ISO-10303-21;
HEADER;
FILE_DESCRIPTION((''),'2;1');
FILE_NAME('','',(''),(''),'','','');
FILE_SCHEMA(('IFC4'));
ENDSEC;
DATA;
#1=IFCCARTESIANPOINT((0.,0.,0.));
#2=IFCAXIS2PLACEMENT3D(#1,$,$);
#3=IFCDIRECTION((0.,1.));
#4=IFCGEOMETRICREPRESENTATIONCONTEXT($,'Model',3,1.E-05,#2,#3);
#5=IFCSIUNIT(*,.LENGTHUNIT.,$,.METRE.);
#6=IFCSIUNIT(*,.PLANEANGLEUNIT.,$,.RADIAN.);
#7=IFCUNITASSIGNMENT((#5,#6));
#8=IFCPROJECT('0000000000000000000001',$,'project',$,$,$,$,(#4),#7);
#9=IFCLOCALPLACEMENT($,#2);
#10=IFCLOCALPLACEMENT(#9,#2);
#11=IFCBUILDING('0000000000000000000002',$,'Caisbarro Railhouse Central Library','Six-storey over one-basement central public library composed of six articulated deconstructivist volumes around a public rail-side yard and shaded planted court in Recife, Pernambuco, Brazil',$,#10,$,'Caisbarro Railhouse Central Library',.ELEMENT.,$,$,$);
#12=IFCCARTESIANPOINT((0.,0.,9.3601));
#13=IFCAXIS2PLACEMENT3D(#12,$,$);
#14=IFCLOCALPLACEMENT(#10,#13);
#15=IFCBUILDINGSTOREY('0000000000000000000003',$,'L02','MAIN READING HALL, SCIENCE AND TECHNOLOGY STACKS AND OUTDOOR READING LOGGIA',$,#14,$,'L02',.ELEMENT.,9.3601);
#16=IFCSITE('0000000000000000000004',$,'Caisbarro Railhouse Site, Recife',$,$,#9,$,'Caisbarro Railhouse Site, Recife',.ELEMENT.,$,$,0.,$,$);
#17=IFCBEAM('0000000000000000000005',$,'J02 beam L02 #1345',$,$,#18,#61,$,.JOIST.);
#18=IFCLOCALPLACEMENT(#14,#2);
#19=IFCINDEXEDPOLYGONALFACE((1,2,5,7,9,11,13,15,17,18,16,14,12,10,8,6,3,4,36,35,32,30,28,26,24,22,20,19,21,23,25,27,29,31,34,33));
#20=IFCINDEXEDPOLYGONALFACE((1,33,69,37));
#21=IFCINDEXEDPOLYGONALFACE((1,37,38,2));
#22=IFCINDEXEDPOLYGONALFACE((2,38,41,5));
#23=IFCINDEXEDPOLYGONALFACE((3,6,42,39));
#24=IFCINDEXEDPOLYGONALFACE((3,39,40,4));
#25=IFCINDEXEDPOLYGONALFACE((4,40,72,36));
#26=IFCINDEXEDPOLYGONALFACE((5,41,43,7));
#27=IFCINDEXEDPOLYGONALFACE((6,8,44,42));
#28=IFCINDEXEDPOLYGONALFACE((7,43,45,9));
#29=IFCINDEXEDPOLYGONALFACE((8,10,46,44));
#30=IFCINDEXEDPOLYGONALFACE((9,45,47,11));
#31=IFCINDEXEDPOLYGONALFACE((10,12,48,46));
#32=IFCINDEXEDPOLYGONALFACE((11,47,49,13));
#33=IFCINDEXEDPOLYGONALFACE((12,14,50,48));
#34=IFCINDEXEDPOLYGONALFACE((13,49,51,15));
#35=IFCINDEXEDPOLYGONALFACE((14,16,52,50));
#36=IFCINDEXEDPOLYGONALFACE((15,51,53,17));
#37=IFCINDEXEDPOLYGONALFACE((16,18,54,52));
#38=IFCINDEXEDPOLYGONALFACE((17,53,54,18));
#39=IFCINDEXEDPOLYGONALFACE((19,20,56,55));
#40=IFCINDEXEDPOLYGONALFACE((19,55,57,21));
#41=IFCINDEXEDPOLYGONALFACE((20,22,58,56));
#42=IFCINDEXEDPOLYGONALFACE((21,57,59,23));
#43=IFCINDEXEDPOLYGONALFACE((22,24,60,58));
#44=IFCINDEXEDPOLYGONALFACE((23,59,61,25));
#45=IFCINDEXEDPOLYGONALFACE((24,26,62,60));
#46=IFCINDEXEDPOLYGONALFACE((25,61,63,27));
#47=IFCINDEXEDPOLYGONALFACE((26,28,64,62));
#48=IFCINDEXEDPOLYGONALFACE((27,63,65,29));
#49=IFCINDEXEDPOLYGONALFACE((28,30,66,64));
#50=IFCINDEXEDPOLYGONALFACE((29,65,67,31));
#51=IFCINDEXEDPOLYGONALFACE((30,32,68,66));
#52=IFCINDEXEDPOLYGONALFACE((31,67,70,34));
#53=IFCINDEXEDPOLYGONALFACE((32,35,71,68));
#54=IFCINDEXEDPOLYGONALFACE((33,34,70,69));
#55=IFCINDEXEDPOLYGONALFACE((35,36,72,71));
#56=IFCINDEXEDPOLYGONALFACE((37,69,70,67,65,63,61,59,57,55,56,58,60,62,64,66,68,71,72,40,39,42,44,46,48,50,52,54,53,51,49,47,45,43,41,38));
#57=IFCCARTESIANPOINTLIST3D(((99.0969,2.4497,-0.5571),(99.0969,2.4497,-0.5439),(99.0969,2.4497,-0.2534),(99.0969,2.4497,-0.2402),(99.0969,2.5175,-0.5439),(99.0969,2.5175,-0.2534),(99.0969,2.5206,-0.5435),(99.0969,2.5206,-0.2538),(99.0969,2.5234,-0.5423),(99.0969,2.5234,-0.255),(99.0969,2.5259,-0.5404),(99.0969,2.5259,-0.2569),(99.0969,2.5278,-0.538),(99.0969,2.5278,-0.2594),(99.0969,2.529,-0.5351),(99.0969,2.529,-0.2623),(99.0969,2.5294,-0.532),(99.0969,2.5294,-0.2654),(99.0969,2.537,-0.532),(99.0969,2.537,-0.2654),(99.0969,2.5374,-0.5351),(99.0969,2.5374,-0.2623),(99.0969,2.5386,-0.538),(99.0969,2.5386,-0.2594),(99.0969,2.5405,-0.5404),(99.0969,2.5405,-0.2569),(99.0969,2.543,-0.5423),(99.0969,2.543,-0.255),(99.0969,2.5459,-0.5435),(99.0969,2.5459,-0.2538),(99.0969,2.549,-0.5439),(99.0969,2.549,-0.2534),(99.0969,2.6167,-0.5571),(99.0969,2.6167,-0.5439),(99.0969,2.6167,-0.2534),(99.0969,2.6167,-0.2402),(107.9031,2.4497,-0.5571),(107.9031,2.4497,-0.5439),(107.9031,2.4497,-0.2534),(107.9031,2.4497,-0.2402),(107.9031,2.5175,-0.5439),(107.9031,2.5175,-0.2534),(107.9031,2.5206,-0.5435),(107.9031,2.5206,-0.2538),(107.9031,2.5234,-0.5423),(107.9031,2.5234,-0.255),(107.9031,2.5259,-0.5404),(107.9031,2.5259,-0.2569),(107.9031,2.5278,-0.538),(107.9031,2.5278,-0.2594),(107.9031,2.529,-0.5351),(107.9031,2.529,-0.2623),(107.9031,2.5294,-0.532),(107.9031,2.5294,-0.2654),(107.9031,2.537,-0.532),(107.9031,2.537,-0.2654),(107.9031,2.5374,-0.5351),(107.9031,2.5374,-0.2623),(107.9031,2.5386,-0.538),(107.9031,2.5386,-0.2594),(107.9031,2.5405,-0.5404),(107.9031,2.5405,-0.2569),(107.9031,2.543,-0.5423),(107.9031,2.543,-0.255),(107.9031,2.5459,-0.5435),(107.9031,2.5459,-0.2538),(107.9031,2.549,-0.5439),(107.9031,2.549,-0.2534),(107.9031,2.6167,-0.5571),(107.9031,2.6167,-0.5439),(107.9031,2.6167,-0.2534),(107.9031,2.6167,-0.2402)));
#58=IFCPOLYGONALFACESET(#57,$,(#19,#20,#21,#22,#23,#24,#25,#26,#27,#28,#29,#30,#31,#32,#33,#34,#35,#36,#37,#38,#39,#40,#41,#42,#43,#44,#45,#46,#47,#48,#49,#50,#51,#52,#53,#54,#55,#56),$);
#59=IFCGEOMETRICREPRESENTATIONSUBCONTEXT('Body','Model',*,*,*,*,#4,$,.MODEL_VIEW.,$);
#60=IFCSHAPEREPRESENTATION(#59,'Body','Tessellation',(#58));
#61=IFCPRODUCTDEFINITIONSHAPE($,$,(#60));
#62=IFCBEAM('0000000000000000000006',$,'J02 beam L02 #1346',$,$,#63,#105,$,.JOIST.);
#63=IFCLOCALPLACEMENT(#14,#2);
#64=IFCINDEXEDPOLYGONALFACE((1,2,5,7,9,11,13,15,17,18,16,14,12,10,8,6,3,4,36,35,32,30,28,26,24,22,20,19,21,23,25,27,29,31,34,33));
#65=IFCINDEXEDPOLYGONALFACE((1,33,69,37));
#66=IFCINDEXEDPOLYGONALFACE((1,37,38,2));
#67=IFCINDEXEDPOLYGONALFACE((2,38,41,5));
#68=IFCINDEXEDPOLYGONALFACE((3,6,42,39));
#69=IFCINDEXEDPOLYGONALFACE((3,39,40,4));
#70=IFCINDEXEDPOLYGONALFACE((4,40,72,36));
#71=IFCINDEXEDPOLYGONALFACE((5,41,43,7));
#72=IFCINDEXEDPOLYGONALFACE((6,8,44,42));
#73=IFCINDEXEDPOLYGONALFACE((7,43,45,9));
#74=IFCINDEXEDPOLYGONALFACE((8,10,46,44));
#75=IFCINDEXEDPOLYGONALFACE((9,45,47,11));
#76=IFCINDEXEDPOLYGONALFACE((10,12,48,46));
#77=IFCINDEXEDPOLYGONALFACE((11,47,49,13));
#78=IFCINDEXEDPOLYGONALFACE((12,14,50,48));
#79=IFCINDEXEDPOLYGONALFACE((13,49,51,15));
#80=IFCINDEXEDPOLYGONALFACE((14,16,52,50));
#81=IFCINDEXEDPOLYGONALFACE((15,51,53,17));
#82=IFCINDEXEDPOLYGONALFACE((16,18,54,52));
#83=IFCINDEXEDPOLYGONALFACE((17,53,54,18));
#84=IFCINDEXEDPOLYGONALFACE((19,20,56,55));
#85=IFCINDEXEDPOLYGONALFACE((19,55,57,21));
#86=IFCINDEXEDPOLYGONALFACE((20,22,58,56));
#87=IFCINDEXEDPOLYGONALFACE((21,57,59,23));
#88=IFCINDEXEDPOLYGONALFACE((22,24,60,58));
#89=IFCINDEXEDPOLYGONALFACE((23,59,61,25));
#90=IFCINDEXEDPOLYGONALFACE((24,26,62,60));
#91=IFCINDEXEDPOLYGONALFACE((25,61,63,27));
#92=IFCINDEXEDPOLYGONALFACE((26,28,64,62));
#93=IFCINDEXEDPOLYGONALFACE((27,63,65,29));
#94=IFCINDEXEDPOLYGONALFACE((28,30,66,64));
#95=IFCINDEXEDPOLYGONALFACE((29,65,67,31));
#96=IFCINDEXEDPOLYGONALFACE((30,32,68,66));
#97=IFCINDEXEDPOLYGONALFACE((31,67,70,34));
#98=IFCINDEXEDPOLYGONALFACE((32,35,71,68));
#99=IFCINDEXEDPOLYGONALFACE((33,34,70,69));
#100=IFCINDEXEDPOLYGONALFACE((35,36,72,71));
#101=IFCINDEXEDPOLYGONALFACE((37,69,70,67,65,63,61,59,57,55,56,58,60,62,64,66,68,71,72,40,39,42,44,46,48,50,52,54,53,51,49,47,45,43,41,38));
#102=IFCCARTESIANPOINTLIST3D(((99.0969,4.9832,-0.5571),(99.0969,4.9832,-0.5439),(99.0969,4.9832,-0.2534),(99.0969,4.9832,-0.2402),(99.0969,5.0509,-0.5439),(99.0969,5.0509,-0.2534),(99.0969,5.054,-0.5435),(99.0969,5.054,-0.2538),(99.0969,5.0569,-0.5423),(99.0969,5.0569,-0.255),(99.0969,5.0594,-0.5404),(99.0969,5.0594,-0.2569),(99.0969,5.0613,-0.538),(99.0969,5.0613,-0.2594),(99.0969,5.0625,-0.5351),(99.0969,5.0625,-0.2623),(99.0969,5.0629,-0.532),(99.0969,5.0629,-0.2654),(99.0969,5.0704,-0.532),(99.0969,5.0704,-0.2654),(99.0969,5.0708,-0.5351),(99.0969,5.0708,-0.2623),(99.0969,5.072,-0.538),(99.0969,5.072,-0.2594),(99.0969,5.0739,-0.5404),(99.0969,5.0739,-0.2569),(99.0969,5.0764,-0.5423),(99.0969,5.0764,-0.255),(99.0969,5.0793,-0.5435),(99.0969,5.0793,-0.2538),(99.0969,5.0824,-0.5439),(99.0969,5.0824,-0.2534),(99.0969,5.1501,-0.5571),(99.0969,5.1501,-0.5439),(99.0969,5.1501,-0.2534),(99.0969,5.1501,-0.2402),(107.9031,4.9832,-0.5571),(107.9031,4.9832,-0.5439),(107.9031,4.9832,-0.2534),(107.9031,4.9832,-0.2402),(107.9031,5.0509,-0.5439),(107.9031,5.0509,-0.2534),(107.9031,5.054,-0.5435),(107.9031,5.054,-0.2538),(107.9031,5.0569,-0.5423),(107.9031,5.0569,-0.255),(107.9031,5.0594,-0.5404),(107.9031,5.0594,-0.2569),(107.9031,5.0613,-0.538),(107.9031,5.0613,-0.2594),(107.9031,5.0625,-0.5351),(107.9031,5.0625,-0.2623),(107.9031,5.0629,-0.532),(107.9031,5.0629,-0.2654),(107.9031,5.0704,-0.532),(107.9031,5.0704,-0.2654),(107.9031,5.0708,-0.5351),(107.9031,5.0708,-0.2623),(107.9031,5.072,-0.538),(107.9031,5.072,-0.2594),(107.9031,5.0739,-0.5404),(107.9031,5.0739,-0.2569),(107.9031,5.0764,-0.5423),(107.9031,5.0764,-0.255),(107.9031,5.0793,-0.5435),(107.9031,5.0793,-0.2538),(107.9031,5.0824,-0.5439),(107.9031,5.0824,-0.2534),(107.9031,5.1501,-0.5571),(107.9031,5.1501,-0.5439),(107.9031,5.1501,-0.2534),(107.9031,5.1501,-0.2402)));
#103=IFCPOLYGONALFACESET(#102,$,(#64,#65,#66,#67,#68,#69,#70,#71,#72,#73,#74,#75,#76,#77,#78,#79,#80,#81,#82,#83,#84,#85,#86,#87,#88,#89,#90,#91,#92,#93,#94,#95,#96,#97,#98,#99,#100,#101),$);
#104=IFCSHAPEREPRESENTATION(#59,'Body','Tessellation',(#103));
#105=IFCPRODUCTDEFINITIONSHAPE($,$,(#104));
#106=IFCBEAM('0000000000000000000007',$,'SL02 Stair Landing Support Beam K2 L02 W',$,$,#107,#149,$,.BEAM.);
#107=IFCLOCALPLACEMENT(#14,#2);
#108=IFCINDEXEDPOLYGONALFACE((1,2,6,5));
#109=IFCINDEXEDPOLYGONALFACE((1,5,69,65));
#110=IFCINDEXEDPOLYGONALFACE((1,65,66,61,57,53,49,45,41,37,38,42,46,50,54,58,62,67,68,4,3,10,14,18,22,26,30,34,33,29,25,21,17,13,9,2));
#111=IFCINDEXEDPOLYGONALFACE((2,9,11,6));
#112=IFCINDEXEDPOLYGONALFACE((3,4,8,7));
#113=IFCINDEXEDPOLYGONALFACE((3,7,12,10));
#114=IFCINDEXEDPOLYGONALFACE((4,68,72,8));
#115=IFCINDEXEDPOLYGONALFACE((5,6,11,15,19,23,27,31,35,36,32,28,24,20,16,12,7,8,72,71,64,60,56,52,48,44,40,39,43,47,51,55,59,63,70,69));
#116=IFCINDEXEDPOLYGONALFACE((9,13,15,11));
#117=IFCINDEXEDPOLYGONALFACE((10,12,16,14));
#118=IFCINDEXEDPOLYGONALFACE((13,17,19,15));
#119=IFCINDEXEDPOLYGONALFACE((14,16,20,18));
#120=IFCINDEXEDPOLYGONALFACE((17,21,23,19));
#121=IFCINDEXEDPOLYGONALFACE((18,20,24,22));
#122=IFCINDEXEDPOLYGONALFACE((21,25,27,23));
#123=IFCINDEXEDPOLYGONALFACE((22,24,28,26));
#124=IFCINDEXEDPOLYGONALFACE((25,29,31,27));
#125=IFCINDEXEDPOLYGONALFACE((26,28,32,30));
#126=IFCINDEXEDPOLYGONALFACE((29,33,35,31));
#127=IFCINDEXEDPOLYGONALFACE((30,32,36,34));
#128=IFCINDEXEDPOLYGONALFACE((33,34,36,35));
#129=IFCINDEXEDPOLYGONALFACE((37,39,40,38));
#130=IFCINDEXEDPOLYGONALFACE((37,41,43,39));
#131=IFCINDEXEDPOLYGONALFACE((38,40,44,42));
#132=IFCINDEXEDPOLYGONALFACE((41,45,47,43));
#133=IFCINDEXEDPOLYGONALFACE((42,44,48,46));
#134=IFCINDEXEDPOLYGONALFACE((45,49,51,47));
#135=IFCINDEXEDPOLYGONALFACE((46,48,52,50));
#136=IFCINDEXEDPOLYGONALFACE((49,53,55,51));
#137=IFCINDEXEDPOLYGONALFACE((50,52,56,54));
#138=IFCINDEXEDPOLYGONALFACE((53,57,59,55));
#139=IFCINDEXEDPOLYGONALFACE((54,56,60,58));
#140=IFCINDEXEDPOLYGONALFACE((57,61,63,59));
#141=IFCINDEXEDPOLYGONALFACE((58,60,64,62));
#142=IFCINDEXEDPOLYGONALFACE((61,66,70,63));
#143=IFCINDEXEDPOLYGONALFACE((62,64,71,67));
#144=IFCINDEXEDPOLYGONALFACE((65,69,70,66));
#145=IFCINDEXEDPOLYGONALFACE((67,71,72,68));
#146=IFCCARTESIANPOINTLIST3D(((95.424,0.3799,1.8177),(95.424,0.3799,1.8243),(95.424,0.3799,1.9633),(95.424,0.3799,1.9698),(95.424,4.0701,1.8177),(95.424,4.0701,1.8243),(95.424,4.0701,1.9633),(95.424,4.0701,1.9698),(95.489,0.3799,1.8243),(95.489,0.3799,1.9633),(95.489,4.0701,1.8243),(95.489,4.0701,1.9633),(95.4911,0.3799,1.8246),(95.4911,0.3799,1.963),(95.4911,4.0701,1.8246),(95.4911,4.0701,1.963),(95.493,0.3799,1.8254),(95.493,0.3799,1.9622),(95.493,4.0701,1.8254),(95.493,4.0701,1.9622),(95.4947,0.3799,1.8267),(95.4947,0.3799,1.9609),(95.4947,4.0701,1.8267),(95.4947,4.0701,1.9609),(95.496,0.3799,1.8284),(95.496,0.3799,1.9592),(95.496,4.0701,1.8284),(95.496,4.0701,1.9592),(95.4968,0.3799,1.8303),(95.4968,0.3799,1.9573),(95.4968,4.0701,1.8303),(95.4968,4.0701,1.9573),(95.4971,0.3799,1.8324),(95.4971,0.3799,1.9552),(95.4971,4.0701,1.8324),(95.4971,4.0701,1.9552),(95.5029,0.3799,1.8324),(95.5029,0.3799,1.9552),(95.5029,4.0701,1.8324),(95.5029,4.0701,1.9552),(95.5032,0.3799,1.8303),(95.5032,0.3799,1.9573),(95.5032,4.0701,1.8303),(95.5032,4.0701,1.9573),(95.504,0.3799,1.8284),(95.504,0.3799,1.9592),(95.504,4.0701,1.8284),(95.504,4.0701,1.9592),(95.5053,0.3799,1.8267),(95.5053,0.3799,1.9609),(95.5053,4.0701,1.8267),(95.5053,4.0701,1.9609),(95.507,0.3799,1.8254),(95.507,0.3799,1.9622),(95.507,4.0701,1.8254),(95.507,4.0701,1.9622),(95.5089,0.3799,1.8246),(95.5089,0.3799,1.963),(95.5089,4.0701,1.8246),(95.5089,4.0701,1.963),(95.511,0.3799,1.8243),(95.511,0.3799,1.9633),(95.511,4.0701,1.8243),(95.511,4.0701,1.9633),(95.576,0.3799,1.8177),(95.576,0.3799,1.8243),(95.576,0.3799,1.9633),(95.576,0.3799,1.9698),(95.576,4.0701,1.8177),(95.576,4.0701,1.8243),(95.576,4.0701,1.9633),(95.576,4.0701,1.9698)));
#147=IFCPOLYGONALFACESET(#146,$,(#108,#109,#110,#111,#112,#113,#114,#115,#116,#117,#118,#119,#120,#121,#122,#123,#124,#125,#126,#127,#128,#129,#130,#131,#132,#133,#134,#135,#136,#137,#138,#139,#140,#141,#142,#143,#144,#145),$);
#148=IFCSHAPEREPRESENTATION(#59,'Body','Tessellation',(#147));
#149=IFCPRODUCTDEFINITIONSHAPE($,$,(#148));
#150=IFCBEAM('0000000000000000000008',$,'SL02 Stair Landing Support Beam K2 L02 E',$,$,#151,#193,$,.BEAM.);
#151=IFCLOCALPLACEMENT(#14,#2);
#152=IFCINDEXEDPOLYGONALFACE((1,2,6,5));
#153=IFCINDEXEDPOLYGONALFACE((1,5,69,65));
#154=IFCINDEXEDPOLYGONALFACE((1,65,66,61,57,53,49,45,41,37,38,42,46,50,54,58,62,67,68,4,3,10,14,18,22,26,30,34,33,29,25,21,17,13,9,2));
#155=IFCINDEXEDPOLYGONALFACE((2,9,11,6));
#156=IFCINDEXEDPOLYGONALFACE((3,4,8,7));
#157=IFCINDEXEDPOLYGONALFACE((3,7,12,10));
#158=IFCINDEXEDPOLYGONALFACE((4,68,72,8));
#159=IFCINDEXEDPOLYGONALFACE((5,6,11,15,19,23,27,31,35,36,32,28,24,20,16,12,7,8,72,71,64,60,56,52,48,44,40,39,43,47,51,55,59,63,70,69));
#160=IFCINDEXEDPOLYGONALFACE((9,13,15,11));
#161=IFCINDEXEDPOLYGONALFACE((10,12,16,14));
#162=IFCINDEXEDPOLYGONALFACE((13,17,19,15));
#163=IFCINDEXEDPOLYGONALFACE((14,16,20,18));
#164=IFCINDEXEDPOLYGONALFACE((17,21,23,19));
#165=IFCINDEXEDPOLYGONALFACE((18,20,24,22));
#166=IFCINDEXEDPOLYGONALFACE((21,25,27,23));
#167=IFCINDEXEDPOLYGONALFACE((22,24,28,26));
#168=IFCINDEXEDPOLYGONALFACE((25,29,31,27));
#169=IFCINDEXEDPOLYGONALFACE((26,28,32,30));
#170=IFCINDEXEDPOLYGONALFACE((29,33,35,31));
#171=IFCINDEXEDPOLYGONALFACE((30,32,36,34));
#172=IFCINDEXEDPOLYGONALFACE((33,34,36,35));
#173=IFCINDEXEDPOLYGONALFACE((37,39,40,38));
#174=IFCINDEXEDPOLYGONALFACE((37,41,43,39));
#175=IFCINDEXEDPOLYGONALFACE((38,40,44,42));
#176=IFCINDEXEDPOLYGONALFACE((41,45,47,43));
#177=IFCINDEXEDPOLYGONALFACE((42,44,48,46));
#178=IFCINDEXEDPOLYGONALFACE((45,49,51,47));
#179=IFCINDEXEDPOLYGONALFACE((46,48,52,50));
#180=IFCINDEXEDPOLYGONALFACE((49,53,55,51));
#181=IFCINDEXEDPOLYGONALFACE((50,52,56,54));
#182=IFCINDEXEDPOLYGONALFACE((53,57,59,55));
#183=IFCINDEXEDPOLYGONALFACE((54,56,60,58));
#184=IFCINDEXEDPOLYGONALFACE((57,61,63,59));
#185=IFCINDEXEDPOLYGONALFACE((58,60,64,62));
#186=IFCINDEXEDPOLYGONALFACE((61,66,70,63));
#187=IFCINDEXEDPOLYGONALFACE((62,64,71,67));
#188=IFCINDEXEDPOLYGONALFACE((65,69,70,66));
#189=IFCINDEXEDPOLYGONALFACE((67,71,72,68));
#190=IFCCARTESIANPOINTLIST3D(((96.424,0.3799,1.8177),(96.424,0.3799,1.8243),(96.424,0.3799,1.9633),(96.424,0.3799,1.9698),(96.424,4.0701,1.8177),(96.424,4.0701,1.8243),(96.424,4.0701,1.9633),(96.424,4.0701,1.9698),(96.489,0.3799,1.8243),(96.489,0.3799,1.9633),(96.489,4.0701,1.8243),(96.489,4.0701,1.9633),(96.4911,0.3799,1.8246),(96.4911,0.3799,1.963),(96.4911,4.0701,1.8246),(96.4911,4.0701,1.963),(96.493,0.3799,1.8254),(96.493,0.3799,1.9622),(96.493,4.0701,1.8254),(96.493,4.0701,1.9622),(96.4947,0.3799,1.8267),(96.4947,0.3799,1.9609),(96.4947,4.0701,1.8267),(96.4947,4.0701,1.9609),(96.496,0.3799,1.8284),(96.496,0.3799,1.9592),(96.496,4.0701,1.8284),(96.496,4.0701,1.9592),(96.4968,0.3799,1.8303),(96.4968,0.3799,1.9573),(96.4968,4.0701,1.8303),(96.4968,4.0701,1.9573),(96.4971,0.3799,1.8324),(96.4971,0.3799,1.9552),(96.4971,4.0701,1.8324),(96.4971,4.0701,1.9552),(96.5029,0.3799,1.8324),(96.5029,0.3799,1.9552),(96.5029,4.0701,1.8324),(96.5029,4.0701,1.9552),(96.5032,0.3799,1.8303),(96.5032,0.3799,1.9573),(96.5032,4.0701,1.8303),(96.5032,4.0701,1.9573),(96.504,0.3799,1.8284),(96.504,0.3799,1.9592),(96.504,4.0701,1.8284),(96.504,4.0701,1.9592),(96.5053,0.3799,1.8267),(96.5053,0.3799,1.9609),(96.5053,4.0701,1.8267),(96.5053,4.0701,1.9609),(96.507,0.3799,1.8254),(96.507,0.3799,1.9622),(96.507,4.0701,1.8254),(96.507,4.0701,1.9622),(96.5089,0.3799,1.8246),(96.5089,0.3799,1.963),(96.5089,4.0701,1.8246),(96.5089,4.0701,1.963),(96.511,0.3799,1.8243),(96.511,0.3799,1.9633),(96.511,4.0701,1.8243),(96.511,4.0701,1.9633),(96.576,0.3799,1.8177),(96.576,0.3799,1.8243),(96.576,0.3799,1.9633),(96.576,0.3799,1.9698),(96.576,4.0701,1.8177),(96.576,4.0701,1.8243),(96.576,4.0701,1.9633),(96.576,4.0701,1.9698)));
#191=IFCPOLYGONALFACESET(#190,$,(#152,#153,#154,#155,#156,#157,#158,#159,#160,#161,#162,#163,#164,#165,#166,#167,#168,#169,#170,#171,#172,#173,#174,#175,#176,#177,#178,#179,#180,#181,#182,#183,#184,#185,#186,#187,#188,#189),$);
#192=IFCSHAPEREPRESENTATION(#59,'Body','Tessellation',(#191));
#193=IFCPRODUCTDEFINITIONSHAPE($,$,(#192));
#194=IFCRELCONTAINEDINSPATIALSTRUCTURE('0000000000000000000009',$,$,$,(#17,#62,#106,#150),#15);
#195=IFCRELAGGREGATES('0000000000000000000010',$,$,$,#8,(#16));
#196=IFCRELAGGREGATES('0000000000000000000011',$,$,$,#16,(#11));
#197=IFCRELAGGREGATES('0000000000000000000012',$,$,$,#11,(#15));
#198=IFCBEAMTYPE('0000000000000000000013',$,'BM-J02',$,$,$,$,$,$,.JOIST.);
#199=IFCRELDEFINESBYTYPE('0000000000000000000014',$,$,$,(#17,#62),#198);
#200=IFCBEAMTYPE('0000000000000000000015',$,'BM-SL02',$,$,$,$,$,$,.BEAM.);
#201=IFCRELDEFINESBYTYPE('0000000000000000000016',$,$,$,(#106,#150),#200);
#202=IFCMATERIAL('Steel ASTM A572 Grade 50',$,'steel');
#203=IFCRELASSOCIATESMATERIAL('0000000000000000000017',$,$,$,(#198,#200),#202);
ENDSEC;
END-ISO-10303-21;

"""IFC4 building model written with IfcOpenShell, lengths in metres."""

from ifc_helpers import new_model, si_unit, direction, frame, origin, origin_2d, place, context, subcontext, project, spatial, i_section, extrude, material, material_profile, profile_set, type_object, element, save


model = new_model("IFC4")

# Units and contexts
model_context = context("Model", 3, precision=1e-05, world=origin(), true_north=direction((0.0, 1.0)))
body_context = subcontext(model_context, "Body", "Model", "MODEL_VIEW")
ifc_project = project(units=[si_unit("LENGTHUNIT", "METRE"), si_unit("PLANEANGLEUNIT", "RADIAN")], contexts=[model_context])

# Site, building, storey
site_placement = place(None, origin())
site = spatial("IfcSite", under=ifc_project, at=site_placement, Name="Caisbarro Railhouse Site, Recife", LongName="Caisbarro Railhouse Site, Recife", CompositionType="ELEMENT", RefElevation=0.0)
building_placement = place(site_placement, origin())
building = spatial("IfcBuilding", under=site, at=building_placement, Name="Caisbarro Railhouse Central Library", Description="Six-storey over one-basement central public library composed of six articulated deconstructivist volumes around a public rail-side yard and shaded planted court in Recife, Pernambuco, Brazil", LongName="Caisbarro Railhouse Central Library", CompositionType="ELEMENT")
storey_placement = place(building_placement, frame((0.0, 0.0, 9.3601)))
storey = spatial("IfcBuildingStorey", under=building, at=storey_placement, Name="L02", Description="MAIN READING HALL, SCIENCE AND TECHNOLOGY STACKS AND OUTDOOR READING LOGGIA", LongName="L02", CompositionType="ELEMENT", Elevation=9.3601)

# Shared definitions
ifc_material_1 = material(Name="Steel ASTM A572 Grade 50", Category="steel")

# Beams
ifc_material_profile_1 = material_profile(ifc_material_1, i_section(OverallWidth=0.167, OverallDepth=0.3169, WebThickness=0.0076, FlangeThickness=0.0132, FilletRadius=0.012, at=origin_2d()), Name="W310X52.0")
ifc_profile_set_1 = profile_set([ifc_material_profile_1], Name="Steel ASTM A572 Grade 50")
beam_type_1 = type_object("IfcBeamType", Name="BM-J02", PredefinedType="JOIST", material=ifc_profile_set_1)
for number, where, z_axis, x_axis, name in (
    (1, (99.0969, 2.5332, -0.3987), (1.0, 0.0, 0.0), (0.0, 1.0, 0.0), "J02 beam L02 #1345"),
    (2, (99.0969, 5.0667, -0.3987), (1.0, 0.0, 0.0), (0.0, 1.0, 0.0), "J02 beam L02 #1346"),
):
    element("IfcBeam", number, at=place(storey_placement, frame(where, z_axis=z_axis, x_axis=x_axis)), inside=storey, type_object=beam_type_1, Name=name, PredefinedType="JOIST", context=body_context, shape_type="SweptSolid", body=[
        extrude(i_section(OverallWidth=0.167, OverallDepth=0.3169, WebThickness=0.0076, FlangeThickness=0.0132, FilletRadius=0.012, at=origin_2d()), origin(), (0.0, 0.0, 1.0), 8.8062),
    ])
ifc_material_profile_2 = material_profile(ifc_material_1, i_section(OverallWidth=0.1521, OverallDepth=0.1521, WebThickness=0.0059, FlangeThickness=0.0066, FilletRadius=0.0081, at=origin_2d()), Name="W150X22.5")
ifc_profile_set_2 = profile_set([ifc_material_profile_2], Name="Steel ASTM A572 Grade 50")
beam_type_2 = type_object("IfcBeamType", Name="BM-SL02", PredefinedType="BEAM", material=ifc_profile_set_2)
for number, where, z_axis, x_axis, name in (
    (3, (95.5, 0.3799, 1.8938), (0.0, 1.0, 0.0), (-1.0, 0.0, 0.0), "SL02 Stair Landing Support Beam K2 L02 W"),
    (4, (96.5, 0.3799, 1.8938), (0.0, 1.0, 0.0), (-1.0, 0.0, 0.0), "SL02 Stair Landing Support Beam K2 L02 E"),
):
    element("IfcBeam", number, at=place(storey_placement, frame(where, z_axis=z_axis, x_axis=x_axis)), inside=storey, type_object=beam_type_2, Name=name, PredefinedType="BEAM", context=body_context, shape_type="SweptSolid", body=[
        extrude(i_section(OverallWidth=0.1521, OverallDepth=0.1521, WebThickness=0.0059, FlangeThickness=0.0066, FilletRadius=0.0081, at=origin_2d()), origin(), (0.0, 0.0, 1.0), 3.6902),
    ])

save(model, "model.ifc")
